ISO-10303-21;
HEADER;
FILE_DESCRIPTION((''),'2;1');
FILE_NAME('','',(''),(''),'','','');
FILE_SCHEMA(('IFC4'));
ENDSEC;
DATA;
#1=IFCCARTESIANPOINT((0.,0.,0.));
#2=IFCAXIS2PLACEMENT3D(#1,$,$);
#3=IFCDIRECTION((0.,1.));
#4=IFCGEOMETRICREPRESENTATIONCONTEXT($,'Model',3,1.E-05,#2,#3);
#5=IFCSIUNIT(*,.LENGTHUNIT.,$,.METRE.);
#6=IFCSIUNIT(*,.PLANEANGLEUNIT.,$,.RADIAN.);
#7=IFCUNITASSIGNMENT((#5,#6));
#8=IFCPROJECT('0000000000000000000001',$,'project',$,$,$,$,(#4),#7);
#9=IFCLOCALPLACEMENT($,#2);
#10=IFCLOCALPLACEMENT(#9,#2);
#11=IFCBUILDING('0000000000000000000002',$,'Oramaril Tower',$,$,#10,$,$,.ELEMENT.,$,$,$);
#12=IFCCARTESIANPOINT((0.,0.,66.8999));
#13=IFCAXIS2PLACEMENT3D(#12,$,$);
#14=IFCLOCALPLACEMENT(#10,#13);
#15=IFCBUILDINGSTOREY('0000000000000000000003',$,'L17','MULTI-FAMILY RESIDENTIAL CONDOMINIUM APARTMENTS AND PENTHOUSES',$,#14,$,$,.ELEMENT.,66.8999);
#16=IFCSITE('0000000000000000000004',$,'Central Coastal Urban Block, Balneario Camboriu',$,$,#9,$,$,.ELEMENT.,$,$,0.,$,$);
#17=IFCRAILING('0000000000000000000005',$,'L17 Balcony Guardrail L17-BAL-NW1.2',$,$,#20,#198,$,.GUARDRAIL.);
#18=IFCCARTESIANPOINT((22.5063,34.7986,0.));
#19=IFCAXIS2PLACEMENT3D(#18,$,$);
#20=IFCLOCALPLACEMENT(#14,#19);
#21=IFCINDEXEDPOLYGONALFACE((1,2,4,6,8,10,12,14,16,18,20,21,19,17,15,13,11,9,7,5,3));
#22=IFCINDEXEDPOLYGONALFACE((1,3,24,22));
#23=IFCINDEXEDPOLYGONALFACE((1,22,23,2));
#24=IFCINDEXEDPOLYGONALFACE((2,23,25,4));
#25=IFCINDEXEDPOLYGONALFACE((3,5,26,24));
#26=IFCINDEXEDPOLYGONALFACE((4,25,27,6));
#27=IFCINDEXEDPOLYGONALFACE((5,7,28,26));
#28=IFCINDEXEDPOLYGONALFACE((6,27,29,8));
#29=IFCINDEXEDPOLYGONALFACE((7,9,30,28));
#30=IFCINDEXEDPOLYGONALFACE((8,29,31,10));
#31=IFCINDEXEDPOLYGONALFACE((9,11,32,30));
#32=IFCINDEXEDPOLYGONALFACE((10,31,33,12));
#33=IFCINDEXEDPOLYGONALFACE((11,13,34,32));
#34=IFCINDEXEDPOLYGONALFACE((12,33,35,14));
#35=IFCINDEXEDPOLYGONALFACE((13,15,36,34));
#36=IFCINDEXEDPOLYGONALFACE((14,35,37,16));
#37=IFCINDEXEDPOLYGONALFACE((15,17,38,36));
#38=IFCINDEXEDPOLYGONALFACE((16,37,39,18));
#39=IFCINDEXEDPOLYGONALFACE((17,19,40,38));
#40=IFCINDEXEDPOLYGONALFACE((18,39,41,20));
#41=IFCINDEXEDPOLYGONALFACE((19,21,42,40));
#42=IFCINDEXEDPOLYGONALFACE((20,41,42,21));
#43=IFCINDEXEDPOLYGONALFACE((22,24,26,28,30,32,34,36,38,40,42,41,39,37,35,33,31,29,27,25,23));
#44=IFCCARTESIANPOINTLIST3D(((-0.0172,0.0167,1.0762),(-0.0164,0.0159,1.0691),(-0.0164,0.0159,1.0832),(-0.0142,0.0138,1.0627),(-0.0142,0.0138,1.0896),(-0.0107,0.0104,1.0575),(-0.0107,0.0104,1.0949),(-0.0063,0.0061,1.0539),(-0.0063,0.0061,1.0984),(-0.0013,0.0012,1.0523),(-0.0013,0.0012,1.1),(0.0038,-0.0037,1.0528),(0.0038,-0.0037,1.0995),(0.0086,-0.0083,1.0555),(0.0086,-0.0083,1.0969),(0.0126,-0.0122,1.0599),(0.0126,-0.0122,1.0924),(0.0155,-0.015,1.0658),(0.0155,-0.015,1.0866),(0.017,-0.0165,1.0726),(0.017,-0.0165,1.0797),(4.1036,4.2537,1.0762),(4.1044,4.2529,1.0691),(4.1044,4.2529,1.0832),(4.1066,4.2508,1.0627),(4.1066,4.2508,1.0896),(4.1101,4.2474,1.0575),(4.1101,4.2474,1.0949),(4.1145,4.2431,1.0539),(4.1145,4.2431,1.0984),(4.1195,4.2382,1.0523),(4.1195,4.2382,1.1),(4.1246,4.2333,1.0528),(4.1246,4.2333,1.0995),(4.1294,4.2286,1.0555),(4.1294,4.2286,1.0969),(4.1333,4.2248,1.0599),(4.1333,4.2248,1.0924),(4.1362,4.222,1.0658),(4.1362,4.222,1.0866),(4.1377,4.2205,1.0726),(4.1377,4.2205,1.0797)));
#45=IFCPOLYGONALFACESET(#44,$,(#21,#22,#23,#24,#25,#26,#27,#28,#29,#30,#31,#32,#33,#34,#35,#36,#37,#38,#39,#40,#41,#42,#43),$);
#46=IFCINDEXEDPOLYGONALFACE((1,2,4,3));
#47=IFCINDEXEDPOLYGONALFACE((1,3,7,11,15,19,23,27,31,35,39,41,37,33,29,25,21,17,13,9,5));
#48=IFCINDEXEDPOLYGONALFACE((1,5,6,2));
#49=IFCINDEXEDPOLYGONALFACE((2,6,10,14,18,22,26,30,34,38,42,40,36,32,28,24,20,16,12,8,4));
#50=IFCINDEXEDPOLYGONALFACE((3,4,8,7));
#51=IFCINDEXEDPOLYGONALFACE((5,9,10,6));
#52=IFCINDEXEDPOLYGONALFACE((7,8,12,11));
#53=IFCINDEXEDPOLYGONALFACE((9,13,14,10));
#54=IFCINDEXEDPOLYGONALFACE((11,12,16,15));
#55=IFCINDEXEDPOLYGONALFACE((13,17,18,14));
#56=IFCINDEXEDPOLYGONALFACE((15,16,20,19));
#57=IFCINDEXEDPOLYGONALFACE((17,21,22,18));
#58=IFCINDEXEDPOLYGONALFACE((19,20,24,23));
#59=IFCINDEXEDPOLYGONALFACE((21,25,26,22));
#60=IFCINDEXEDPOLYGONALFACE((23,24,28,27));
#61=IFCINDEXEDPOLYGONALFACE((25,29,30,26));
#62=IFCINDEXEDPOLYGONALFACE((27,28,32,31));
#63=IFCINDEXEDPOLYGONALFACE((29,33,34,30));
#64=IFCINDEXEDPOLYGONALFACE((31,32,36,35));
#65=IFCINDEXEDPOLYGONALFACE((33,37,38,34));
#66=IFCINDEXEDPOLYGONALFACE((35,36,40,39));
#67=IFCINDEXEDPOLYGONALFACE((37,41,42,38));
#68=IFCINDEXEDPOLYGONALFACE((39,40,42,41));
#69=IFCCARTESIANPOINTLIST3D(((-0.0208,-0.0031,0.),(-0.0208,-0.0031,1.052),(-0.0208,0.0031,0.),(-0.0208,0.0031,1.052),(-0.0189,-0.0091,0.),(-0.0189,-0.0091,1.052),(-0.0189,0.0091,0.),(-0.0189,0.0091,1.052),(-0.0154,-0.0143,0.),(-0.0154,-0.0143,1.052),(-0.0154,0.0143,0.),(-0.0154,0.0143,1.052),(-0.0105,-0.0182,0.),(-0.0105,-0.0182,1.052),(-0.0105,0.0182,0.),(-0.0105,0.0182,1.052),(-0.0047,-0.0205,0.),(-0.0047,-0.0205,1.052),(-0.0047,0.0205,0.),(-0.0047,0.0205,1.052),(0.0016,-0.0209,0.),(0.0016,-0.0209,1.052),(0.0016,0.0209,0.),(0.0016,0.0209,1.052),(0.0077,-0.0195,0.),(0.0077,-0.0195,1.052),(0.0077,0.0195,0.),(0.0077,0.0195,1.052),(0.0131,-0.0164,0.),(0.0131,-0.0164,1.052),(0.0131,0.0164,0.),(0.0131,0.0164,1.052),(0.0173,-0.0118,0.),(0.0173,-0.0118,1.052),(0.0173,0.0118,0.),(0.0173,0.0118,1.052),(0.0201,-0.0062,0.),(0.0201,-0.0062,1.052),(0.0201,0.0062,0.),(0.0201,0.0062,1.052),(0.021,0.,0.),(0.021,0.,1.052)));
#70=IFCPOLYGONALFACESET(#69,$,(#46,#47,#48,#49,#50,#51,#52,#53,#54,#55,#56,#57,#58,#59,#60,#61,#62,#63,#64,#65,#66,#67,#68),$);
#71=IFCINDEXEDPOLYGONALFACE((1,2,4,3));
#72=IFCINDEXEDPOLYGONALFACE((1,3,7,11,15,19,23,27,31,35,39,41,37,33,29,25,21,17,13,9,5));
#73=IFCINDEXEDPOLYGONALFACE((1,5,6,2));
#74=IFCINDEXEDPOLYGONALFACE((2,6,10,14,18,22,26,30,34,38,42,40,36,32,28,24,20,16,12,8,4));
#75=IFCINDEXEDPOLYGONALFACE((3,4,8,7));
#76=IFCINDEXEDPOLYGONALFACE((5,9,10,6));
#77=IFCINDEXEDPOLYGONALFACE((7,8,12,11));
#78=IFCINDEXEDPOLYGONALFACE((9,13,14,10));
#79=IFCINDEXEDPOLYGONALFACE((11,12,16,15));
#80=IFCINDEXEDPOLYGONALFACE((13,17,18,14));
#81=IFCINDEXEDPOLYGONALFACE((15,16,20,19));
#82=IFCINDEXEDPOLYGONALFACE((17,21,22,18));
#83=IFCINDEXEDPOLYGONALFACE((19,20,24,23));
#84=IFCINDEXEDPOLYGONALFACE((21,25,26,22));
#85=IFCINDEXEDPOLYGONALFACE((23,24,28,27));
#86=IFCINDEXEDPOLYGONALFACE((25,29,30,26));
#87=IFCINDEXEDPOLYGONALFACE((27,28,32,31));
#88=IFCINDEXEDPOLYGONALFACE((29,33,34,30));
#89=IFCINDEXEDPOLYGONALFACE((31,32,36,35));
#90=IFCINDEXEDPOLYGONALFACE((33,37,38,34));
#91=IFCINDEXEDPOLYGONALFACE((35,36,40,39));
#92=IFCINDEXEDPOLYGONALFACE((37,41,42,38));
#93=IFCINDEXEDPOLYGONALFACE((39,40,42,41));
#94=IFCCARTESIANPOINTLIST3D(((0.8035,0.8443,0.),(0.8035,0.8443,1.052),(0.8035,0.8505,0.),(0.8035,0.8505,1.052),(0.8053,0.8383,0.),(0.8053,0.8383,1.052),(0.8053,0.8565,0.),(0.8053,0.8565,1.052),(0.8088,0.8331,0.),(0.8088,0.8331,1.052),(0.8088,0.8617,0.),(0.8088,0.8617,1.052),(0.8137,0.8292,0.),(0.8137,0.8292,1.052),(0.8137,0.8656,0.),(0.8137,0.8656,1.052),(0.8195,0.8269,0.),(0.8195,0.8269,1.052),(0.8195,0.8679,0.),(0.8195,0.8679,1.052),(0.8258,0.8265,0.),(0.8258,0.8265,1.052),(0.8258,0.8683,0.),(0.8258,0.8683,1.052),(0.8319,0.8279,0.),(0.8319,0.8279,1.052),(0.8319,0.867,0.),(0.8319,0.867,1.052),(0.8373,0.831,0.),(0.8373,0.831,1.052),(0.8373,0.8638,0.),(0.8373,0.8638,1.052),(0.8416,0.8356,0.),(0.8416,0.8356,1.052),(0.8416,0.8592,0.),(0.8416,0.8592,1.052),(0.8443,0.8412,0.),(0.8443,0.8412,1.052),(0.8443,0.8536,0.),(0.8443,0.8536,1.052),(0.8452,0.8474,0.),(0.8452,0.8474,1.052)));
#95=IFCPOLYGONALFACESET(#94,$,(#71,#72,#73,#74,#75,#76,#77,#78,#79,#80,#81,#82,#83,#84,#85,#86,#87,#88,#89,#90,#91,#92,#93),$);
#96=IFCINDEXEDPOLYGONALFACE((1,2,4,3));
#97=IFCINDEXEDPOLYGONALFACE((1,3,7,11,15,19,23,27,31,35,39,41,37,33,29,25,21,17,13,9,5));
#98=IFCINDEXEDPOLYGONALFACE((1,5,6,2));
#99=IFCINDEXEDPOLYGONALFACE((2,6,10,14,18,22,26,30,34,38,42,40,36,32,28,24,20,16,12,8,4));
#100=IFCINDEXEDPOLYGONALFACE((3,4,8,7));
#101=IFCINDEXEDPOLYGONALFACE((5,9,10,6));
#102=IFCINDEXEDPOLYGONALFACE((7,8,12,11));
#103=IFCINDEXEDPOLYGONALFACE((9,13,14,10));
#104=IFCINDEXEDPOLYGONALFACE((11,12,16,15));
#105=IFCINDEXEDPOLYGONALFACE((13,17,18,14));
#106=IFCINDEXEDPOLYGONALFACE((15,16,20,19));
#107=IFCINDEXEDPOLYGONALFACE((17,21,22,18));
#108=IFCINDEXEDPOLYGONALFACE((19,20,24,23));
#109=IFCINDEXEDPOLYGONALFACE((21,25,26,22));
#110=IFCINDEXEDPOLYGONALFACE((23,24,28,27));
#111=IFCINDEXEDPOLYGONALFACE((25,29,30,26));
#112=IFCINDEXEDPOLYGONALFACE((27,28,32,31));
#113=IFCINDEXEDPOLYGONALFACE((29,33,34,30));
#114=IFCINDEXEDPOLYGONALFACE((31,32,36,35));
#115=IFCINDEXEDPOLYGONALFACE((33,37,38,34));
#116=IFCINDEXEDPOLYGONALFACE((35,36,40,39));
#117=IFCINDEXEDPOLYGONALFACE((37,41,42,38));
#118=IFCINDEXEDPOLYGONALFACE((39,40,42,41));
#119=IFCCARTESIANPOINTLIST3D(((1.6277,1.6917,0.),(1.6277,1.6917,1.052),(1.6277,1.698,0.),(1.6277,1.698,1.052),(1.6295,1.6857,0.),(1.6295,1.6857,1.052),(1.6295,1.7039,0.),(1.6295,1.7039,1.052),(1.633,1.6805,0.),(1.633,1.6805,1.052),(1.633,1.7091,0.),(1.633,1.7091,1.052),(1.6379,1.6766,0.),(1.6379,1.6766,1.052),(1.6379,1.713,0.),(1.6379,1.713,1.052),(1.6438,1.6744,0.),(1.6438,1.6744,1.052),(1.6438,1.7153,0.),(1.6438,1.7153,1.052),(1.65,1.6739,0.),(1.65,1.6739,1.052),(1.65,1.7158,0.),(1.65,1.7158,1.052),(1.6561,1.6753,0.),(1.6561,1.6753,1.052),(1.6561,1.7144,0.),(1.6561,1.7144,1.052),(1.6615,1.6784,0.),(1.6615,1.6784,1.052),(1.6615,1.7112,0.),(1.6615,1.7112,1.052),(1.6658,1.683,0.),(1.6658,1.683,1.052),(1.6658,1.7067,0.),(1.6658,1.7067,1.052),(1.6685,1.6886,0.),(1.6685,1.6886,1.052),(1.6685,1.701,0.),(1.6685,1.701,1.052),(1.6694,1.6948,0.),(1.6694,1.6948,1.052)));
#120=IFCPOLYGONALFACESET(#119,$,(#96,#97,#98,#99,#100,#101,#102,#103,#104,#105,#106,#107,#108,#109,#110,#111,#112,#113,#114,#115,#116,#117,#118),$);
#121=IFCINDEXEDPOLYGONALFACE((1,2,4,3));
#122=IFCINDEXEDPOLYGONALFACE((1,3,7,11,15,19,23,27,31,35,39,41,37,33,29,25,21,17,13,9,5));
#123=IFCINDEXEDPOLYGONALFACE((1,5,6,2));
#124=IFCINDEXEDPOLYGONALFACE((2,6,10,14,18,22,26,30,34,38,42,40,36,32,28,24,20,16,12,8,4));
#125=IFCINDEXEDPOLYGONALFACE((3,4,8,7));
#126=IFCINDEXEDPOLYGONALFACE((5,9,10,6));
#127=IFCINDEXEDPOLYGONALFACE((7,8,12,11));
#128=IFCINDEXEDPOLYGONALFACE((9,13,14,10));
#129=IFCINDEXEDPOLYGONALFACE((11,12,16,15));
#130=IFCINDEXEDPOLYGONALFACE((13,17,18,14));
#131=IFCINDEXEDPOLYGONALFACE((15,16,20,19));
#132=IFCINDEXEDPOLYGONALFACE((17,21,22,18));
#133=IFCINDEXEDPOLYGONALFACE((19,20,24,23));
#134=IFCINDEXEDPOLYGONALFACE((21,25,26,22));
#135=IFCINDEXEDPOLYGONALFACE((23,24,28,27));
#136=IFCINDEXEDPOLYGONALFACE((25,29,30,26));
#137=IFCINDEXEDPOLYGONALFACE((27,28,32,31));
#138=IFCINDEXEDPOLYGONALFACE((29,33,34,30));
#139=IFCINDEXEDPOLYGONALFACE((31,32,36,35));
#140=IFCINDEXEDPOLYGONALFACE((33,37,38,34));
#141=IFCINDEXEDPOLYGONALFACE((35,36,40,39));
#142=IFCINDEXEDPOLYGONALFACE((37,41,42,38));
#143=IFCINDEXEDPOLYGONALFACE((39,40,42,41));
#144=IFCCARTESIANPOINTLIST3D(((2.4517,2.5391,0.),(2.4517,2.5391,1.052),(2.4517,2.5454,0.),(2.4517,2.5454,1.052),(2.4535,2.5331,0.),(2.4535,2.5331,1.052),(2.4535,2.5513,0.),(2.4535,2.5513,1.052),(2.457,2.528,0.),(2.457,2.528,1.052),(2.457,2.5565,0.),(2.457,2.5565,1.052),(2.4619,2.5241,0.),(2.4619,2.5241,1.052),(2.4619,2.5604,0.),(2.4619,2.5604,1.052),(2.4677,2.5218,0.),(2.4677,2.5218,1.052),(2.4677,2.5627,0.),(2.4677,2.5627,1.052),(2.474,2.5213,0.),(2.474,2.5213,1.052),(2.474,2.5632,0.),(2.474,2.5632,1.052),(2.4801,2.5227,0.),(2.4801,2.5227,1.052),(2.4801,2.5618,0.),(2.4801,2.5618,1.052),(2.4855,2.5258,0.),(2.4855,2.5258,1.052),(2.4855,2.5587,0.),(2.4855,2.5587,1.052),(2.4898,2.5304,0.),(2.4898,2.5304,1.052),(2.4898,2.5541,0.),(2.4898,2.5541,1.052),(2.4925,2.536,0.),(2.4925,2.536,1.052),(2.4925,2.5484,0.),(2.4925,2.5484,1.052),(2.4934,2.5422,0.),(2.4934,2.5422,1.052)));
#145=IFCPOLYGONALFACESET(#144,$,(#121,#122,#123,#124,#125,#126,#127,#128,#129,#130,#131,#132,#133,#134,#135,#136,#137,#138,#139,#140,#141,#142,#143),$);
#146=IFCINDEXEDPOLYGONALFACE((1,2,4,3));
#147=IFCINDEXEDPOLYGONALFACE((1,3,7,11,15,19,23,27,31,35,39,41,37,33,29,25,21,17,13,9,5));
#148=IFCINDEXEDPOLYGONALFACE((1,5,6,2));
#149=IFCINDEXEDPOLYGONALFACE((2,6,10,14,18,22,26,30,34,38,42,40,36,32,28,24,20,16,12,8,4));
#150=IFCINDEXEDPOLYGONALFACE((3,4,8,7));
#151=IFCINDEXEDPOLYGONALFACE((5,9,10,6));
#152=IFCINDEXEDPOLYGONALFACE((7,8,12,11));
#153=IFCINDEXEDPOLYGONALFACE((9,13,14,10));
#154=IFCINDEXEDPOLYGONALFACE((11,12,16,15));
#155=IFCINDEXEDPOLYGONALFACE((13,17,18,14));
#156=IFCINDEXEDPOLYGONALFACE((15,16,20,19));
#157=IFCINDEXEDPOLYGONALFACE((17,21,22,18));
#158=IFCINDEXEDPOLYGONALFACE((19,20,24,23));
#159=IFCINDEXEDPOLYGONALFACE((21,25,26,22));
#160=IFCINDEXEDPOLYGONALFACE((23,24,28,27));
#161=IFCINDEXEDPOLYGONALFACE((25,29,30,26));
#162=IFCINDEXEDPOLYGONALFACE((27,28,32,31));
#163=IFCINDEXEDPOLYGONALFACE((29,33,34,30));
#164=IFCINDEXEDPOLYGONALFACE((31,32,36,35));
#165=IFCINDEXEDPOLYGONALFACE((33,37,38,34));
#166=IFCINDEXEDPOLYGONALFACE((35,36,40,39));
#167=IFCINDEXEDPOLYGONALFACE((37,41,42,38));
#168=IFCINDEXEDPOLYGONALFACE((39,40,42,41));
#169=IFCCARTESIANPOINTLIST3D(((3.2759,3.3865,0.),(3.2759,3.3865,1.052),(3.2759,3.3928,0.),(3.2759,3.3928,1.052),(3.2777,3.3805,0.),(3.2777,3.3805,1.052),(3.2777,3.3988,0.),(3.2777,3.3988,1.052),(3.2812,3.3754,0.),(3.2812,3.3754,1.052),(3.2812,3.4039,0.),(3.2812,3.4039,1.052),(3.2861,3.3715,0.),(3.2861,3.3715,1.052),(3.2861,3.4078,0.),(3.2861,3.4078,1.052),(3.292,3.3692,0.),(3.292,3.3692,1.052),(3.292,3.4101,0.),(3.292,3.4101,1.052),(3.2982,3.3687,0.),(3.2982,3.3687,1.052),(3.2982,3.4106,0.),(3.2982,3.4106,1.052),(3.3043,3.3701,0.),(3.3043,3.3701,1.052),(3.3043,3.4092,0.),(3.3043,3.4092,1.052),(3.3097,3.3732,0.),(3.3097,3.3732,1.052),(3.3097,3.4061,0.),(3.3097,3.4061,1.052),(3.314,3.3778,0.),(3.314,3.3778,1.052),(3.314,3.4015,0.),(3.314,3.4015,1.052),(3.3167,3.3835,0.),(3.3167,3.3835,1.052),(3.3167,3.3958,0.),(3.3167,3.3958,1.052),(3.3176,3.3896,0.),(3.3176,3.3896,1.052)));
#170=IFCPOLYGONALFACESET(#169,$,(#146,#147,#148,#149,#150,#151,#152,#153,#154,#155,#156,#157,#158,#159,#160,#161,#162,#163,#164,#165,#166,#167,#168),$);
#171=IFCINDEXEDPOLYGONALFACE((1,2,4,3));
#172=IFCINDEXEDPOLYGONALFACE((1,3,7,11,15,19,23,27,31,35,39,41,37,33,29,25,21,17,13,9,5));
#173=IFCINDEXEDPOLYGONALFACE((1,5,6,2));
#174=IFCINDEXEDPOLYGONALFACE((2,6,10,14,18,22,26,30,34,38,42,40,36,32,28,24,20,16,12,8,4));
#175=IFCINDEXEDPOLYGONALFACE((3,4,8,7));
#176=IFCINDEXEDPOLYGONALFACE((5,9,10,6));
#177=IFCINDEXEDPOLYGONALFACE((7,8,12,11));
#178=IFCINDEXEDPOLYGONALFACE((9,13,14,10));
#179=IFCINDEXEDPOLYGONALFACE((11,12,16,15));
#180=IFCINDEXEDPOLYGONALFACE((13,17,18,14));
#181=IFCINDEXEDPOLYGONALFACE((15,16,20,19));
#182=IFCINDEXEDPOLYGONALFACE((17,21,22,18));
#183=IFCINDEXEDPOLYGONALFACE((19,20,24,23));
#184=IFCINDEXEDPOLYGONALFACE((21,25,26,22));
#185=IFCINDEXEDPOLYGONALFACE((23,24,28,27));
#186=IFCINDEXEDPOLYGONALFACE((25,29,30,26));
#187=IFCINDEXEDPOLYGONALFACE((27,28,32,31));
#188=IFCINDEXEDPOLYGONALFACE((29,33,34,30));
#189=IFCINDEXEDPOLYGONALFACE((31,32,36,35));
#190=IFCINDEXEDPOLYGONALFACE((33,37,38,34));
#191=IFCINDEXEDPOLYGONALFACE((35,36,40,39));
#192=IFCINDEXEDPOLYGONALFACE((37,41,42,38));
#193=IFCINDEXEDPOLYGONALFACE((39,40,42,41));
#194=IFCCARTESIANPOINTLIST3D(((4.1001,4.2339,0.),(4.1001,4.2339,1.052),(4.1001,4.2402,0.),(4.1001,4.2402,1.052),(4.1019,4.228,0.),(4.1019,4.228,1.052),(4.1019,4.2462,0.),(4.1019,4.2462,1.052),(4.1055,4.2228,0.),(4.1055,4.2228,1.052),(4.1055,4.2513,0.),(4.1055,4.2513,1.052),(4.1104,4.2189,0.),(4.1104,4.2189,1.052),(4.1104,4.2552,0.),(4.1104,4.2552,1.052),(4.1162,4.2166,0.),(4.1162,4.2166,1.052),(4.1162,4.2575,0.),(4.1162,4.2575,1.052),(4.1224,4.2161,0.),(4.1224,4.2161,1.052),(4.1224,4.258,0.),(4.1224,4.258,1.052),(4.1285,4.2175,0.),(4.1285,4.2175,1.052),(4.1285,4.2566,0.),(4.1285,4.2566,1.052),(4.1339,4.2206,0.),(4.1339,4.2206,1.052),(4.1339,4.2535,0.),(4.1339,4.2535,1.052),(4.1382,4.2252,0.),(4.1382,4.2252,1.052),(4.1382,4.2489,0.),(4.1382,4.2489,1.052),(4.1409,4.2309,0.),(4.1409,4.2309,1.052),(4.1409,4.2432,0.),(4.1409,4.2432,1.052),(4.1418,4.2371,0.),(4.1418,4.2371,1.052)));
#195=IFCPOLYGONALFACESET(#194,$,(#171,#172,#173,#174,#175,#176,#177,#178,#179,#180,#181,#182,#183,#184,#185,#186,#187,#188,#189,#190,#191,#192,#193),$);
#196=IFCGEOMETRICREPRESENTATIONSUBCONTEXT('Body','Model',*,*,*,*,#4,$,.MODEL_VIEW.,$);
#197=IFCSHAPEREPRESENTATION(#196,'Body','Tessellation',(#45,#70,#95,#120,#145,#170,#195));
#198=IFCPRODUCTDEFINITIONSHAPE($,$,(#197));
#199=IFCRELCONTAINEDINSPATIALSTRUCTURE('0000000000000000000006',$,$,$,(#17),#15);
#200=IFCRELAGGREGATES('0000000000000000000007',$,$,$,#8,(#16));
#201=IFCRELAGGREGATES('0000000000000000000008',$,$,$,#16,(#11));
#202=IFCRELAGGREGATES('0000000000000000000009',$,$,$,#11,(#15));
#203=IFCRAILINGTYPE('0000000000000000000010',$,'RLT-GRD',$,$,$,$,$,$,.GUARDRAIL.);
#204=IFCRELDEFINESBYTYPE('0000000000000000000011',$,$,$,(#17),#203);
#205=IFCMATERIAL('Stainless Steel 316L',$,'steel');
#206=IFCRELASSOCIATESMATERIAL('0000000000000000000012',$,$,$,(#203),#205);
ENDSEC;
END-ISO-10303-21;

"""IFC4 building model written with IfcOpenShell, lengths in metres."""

from ifc_helpers import new_model, si_unit, direction, frame, origin, origin_2d, place, context, subcontext, project, spatial, circle, extrude, material, type_object, element, save


model = new_model("IFC4")

# Units and contexts
model_context = context("Model", 3, precision=1e-05, world=origin(), true_north=direction((0.0, 1.0)))
body_context = subcontext(model_context, "Body", "Model", "MODEL_VIEW")
ifc_project = project(units=[si_unit("LENGTHUNIT", "METRE"), si_unit("PLANEANGLEUNIT", "RADIAN")], contexts=[model_context])

# Site, building, storey
site_placement = place(None, origin())
site = spatial("IfcSite", under=ifc_project, at=site_placement, Name="Central Coastal Urban Block, Balneario Camboriu", CompositionType="ELEMENT", RefElevation=0.0)
building_placement = place(site_placement, origin())
building = spatial("IfcBuilding", under=site, at=building_placement, Name="Oramaril Tower", CompositionType="ELEMENT")
storey_placement = place(building_placement, frame((0.0, 0.0, 66.8999)))
storey = spatial("IfcBuildingStorey", under=building, at=storey_placement, Name="L17", Description="MULTI-FAMILY RESIDENTIAL CONDOMINIUM APARTMENTS AND PENTHOUSES", CompositionType="ELEMENT", Elevation=66.8999)

# Railing
ifc_material_1 = material(Name="Stainless Steel 316L", Category="steel")
railing_type = type_object("IfcRailingType", Name="RLT-GRD", PredefinedType="GUARDRAIL", material=ifc_material_1)
railing_1_placement = place(storey_placement, frame((22.5063, 34.7986, 0.0)))
element("IfcRailing", 1, at=railing_1_placement, inside=storey, type_object=railing_type, Name="L17 Balcony Guardrail L17-BAL-NW1.2", PredefinedType="GUARDRAIL", context=body_context, shape_type="SweptSolid", body=[
    extrude(circle(Radius=0.0239, at=origin_2d()), frame((0.0, 0.0, 1.0762), z_axis=(0.697208, 0.716869, 0.0), x_axis=(-0.716869, 0.697208, 0.0)), (0.0, 0.0, 1.0), 5.9104),
    extrude(circle(Radius=0.021, at=origin_2d()), origin(), (0.0, 0.0, 1.0), 1.052),
    extrude(circle(Radius=0.021, at=origin_2d()), frame((0.8242, 0.8474, 0.0)), (0.0, 0.0, 1.0), 1.052),
    extrude(circle(Radius=0.021, at=origin_2d()), frame((1.6484, 1.6948, 0.0)), (0.0, 0.0, 1.0), 1.052),
    extrude(circle(Radius=0.021, at=origin_2d()), frame((2.4724, 2.5422, 0.0)), (0.0, 0.0, 1.0), 1.052),
    extrude(circle(Radius=0.021, at=origin_2d()), frame((3.2966, 3.3896, 0.0)), (0.0, 0.0, 1.0), 1.052),
    extrude(circle(Radius=0.021, at=origin_2d()), frame((4.1208, 4.2371, 0.0)), (0.0, 0.0, 1.0), 1.052),
])

save(model, "model.ifc")
